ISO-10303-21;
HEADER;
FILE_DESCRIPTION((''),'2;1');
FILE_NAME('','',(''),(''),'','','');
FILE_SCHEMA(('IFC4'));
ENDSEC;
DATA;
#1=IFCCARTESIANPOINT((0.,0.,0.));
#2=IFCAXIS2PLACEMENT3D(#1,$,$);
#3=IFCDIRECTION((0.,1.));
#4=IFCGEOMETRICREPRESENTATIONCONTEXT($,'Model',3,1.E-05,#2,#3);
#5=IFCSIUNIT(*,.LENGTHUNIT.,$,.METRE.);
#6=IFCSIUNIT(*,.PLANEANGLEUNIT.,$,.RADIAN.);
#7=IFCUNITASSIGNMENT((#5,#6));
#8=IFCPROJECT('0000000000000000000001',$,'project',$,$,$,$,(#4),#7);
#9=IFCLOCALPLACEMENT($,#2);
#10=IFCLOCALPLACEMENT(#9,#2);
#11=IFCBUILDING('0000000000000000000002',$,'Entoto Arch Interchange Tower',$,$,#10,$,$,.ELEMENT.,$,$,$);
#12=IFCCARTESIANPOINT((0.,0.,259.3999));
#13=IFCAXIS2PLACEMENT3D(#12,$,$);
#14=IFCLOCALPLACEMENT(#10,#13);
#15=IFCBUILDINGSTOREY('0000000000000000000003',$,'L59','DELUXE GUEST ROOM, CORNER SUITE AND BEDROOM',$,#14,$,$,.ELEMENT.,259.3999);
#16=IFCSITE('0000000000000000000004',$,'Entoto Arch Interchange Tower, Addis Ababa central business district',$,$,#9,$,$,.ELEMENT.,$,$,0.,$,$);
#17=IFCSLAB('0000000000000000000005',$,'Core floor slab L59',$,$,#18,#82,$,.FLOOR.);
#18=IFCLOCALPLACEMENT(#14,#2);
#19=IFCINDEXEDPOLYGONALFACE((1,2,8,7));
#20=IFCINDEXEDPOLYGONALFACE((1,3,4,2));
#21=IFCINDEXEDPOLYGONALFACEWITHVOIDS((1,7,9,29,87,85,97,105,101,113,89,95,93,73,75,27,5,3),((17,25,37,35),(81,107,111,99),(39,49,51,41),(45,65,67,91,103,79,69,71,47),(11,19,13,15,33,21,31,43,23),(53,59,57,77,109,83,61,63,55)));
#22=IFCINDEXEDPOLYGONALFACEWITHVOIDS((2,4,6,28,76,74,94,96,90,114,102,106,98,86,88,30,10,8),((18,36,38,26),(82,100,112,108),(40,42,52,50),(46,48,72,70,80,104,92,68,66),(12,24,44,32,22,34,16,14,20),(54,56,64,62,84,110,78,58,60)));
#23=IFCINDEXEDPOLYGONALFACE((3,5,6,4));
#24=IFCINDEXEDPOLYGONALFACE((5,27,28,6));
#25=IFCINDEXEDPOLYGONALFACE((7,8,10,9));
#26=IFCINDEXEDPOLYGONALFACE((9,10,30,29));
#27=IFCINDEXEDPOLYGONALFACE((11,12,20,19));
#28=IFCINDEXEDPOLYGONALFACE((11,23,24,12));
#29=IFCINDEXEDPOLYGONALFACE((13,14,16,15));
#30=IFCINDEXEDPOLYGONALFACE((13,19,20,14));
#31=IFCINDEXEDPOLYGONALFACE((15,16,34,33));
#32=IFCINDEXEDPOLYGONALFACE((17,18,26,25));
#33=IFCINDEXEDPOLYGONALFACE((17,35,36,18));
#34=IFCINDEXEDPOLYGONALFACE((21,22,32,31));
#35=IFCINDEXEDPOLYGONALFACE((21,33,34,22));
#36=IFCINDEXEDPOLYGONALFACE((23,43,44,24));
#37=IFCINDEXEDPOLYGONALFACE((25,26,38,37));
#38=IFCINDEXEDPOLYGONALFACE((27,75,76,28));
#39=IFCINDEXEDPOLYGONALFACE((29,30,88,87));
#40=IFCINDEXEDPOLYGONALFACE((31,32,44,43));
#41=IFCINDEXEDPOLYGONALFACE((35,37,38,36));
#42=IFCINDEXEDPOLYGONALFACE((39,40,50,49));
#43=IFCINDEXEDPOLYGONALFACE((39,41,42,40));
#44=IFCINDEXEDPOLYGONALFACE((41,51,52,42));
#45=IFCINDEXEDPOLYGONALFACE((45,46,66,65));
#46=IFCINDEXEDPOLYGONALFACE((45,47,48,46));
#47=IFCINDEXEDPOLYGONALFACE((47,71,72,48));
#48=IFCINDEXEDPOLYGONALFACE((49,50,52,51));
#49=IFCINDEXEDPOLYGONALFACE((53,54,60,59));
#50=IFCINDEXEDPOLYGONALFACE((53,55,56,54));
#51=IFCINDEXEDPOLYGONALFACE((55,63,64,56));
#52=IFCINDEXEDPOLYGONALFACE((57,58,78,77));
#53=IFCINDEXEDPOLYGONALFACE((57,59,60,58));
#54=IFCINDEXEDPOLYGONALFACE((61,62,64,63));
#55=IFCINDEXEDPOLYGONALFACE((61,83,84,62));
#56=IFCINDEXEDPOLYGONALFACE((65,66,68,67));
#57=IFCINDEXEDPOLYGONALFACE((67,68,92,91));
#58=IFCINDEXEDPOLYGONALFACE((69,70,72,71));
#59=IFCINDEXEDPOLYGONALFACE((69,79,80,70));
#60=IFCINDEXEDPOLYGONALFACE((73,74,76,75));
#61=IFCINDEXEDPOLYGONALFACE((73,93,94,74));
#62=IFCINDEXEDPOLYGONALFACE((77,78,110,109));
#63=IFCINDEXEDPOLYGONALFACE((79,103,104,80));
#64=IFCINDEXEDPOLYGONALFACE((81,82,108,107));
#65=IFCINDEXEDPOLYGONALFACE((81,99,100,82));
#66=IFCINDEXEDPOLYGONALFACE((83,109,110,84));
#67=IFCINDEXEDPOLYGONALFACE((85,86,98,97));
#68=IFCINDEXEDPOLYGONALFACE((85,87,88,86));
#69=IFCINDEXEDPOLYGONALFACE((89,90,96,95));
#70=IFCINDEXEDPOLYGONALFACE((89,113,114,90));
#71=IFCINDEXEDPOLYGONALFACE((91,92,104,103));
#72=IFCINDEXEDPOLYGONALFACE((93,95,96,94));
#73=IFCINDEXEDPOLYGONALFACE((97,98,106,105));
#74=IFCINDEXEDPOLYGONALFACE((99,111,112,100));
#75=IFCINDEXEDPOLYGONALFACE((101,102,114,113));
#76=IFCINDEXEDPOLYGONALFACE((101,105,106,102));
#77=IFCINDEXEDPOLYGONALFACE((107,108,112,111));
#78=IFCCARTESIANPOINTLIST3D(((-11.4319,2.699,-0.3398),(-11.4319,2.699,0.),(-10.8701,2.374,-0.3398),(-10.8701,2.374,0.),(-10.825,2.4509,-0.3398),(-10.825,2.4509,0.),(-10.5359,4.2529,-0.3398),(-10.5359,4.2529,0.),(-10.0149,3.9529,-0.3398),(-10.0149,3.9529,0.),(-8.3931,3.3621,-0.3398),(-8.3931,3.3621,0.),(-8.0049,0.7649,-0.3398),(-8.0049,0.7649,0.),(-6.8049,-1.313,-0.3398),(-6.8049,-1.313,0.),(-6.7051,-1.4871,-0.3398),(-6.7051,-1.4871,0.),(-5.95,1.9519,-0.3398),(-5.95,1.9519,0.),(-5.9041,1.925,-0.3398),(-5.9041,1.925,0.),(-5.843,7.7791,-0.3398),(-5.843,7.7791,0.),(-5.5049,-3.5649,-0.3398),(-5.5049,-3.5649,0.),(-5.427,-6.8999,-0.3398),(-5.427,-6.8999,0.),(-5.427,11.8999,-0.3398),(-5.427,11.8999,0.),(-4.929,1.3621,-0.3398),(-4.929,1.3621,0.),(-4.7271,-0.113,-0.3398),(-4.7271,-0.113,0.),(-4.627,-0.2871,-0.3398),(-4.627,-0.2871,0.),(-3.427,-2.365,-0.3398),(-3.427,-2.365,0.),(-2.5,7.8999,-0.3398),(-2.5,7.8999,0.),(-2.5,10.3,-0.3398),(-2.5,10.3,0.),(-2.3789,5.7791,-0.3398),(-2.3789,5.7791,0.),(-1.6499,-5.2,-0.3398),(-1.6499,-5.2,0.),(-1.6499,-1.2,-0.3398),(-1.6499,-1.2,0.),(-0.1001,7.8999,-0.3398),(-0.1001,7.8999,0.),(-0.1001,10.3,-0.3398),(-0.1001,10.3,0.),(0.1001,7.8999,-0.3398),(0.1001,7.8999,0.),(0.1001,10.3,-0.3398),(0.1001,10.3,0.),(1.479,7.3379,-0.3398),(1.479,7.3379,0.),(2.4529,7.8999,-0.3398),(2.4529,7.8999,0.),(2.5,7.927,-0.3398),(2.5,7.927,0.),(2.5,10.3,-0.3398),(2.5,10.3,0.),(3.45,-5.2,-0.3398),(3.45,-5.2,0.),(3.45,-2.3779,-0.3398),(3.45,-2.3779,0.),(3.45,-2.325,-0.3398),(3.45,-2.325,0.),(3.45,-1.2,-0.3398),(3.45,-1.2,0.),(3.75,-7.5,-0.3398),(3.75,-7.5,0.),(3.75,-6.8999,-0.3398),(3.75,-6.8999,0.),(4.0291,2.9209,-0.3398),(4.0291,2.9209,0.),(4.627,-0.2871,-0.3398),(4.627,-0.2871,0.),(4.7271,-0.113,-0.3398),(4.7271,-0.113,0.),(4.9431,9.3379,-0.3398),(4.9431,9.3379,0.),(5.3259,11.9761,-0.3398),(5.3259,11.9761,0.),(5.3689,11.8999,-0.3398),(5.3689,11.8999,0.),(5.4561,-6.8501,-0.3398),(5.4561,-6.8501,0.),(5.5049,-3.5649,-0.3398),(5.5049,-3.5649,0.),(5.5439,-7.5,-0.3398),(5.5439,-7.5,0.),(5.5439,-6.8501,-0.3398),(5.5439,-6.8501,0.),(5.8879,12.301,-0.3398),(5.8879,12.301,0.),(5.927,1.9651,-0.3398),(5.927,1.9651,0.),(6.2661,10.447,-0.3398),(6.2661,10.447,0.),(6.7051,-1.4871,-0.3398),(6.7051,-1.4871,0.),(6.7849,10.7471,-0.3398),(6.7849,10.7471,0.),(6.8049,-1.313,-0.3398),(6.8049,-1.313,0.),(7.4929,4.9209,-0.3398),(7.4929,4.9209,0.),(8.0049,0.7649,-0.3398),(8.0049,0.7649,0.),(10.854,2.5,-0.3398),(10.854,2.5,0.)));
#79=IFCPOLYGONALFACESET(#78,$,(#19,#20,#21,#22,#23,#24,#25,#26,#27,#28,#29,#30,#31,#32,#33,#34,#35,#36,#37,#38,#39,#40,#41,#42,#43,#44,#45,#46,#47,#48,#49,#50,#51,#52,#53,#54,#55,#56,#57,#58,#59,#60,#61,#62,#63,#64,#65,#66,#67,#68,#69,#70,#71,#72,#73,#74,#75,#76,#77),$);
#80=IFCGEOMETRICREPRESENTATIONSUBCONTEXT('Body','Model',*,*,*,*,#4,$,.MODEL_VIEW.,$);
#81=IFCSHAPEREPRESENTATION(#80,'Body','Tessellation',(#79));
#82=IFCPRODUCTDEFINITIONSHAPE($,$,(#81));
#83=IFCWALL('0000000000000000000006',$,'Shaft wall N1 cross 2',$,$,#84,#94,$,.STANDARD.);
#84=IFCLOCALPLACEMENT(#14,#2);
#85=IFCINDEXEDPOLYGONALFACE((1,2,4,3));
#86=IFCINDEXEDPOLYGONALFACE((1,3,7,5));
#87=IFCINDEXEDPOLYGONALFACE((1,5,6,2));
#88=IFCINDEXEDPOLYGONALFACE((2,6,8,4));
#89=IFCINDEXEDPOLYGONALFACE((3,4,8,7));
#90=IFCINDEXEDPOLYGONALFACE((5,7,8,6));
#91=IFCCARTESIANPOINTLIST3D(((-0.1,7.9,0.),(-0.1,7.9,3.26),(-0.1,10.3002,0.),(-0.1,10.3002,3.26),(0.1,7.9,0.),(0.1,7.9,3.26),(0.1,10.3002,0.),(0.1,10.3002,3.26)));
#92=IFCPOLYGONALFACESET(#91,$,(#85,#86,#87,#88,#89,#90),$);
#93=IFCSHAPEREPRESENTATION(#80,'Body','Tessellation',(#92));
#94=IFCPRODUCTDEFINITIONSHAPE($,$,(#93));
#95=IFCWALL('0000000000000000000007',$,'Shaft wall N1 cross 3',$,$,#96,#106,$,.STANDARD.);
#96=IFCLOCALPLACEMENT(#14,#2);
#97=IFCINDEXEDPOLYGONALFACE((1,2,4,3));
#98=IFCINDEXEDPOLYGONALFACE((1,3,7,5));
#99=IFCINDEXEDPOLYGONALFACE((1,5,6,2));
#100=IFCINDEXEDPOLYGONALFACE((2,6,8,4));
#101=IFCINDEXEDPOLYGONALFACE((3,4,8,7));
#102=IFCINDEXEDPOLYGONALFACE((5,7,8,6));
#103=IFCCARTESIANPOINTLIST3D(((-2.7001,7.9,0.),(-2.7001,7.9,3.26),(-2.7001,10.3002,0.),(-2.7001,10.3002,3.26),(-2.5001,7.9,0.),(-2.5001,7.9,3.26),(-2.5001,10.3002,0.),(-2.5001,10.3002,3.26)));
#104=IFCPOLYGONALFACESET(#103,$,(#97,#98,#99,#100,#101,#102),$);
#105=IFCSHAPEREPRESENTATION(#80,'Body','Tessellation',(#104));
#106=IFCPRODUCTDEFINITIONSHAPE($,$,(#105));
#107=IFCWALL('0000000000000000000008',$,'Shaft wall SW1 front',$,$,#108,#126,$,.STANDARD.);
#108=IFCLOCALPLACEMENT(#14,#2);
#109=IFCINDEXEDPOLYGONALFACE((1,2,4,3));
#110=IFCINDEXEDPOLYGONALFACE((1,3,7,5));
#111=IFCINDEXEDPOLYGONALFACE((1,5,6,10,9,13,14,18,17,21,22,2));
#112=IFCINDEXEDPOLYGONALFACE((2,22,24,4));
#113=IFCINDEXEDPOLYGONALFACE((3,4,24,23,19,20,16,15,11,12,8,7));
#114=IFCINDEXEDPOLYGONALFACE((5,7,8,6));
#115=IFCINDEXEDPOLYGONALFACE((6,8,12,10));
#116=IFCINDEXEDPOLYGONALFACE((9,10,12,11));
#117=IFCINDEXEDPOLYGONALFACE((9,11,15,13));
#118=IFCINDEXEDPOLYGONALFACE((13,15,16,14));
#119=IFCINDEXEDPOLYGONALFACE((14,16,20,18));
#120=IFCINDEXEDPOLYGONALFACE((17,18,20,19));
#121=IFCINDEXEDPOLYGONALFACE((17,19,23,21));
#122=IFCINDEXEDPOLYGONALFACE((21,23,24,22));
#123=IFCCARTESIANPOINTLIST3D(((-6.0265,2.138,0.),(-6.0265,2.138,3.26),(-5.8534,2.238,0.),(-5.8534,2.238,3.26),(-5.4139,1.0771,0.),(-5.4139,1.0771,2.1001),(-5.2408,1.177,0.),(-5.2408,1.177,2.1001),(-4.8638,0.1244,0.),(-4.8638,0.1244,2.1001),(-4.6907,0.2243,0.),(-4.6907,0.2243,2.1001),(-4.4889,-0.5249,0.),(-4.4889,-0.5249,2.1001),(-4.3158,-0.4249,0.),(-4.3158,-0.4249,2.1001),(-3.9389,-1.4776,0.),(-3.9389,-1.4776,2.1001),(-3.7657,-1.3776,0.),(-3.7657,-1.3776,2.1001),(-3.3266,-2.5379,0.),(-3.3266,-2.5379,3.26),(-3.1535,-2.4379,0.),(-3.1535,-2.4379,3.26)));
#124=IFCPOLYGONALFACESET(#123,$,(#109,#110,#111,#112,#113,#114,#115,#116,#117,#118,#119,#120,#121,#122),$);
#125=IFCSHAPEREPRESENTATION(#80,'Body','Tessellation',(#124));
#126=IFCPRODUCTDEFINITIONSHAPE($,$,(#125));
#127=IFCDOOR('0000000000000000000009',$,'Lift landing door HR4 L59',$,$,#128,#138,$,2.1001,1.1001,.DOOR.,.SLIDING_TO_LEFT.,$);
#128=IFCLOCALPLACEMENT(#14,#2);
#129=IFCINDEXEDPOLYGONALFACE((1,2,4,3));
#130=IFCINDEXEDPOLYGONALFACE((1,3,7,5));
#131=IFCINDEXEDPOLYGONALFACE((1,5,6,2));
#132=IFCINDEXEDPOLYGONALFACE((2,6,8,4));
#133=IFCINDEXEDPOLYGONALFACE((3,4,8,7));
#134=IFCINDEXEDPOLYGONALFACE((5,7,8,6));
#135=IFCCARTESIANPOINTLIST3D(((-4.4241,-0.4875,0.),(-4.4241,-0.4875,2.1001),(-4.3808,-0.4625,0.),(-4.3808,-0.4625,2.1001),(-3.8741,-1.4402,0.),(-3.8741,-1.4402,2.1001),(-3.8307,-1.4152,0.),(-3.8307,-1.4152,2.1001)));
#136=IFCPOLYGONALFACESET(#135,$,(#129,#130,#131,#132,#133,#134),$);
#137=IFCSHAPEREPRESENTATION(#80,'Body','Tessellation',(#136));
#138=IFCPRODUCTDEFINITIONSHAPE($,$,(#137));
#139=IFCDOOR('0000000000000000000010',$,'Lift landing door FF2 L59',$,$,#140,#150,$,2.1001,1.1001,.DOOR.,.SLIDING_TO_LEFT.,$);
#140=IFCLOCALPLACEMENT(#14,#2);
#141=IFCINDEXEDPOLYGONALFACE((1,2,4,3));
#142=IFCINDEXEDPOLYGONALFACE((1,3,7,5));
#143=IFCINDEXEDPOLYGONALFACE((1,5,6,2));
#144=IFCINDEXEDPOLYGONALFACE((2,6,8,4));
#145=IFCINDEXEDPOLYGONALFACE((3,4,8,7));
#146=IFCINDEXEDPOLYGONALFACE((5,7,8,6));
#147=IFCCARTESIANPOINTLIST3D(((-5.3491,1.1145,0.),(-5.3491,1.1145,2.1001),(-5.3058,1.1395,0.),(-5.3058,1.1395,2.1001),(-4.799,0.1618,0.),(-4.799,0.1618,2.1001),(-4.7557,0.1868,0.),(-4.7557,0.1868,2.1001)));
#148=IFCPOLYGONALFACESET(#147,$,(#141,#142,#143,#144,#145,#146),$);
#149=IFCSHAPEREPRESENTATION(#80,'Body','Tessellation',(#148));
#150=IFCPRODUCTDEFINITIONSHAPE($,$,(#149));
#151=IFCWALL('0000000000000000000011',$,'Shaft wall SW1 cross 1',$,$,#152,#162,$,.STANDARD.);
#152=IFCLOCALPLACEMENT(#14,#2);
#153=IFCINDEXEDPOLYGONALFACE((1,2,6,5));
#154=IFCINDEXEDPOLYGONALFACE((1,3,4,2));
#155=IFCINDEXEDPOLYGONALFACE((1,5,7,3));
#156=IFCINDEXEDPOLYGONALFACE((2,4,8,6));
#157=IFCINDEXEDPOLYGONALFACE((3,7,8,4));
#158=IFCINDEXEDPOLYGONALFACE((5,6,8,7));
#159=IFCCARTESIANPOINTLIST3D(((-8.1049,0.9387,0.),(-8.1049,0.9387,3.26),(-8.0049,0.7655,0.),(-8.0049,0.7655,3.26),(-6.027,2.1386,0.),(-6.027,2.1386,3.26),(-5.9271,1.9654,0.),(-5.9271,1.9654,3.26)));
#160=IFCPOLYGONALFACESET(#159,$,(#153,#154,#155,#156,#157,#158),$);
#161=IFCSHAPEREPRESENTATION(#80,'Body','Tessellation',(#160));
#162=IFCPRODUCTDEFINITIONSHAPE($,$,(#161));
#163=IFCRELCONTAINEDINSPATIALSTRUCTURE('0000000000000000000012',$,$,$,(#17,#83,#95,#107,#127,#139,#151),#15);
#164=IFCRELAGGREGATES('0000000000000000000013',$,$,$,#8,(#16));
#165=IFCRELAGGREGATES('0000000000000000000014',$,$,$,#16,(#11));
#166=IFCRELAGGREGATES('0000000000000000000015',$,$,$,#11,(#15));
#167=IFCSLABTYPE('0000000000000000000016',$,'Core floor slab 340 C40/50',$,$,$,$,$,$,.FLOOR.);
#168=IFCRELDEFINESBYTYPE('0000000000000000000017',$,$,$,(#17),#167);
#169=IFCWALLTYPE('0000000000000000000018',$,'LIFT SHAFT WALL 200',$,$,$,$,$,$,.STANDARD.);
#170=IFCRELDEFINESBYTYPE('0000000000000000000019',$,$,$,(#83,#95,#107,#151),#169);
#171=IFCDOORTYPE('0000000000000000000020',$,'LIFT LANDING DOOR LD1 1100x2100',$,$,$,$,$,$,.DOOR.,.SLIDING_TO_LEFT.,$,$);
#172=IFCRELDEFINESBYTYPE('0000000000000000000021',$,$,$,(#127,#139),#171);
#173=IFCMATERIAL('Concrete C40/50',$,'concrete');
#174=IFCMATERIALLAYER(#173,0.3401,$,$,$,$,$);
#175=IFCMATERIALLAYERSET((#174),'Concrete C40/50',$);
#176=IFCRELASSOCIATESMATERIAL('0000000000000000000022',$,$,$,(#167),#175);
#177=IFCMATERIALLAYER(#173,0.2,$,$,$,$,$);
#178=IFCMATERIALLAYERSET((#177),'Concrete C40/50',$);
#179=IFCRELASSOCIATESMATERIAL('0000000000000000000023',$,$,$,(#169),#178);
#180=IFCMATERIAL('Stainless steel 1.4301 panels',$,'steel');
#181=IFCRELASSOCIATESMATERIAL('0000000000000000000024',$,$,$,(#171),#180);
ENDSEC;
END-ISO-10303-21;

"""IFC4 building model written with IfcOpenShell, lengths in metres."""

from ifc_helpers import new_model, si_unit, direction, frame, frame_2d, origin, place, context, subcontext, project, spatial, polyline, rectangle, outline, extrude, material, layer, layer_set, type_object, element, fill, save


model = new_model("IFC4")

# Units and contexts
model_context = context("Model", 3, precision=1e-05, world=origin(), true_north=direction((0.0, 1.0)))
body_context = subcontext(model_context, "Body", "Model", "MODEL_VIEW")
ifc_project = project(units=[si_unit("LENGTHUNIT", "METRE"), si_unit("PLANEANGLEUNIT", "RADIAN")], contexts=[model_context])

# Site, building, storey
site_placement = place(None, origin())
site = spatial("IfcSite", under=ifc_project, at=site_placement, Name="Entoto Arch Interchange Tower, Addis Ababa central business district", CompositionType="ELEMENT", RefElevation=0.0)
building_placement = place(site_placement, origin())
building = spatial("IfcBuilding", under=site, at=building_placement, Name="Entoto Arch Interchange Tower", CompositionType="ELEMENT")
storey_placement = place(building_placement, frame((0.0, 0.0, 259.3999)))
storey = spatial("IfcBuildingStorey", under=building, at=storey_placement, Name="L59", Description="DELUXE GUEST ROOM, CORNER SUITE AND BEDROOM", CompositionType="ELEMENT", Elevation=259.3999)

# Slab
ifc_material_1 = material(Name="Concrete C40/50", Category="concrete")
ifc_layer_1 = layer(ifc_material_1, 0.3401)
ifc_layer_set_1 = layer_set([ifc_layer_1], Name="Concrete C40/50")
slab_type = type_object("IfcSlabType", Name="Core floor slab 340 C40/50", PredefinedType="FLOOR", material=ifc_layer_set_1)
slab_placement = place(storey_placement, frame((0.0, 0.0, -0.3398)))
element("IfcSlab", 1, at=slab_placement, inside=storey, type_object=slab_type, Name="Core floor slab L59", PredefinedType="FLOOR", context=body_context, shape_type="SweptSolid", body=[
    extrude(outline(polyline([(-10.825, 2.4509), (-10.8701, 2.374), (-11.4319, 2.699), (-10.5359, 4.2529), (-10.0149, 3.9529), (-5.427, 11.8999), (5.3689, 11.8999), (5.3259, 11.9761), (5.8879, 12.301), (6.7849, 10.7471), (6.2661, 10.447), (10.854, 2.5), (5.4561, -6.8501), (5.5439, -6.8501), (5.5439, -7.5), (3.75, -7.5), (3.75, -6.8999), (-5.427, -6.8999), (-10.825, 2.4509)]), holes=[polyline([(-1.6499, -5.2), (3.45, -5.2), (3.45, -2.3779), (5.5049, -3.5649), (6.7051, -1.4871), (4.627, -0.2871), (3.45, -2.325), (3.45, -1.2), (-1.6499, -1.2), (-1.6499, -5.2)]), polyline([(-4.627, -0.2871), (-6.7051, -1.4871), (-5.5049, -3.5649), (-3.427, -2.365), (-4.627, -0.2871)]), polyline([(-5.9041, 1.925), (-4.929, 1.3621), (-2.3789, 5.7791), (-5.843, 7.7791), (-8.3931, 3.3621), (-5.95, 1.9519), (-8.0049, 0.7649), (-6.8049, -1.313), (-4.7271, -0.113), (-5.9041, 1.925)]), polyline([(4.7271, -0.113), (6.8049, -1.313), (8.0049, 0.7649), (5.927, 1.9651), (4.7271, -0.113)]), polyline([(2.5, 7.927), (2.5, 10.3), (0.1001, 10.3), (0.1001, 7.8999), (2.4529, 7.8999), (1.479, 7.3379), (4.0291, 2.9209), (7.4929, 4.9209), (4.9431, 9.3379), (2.5, 7.927)]), polyline([(-2.5, 7.8999), (-0.1001, 7.8999), (-0.1001, 10.3), (-2.5, 10.3), (-2.5, 7.8999)])]), origin(), (0.0, 0.0, 1.0), 0.3398),
])

# Walls
ifc_layer_2 = layer(ifc_material_1, 0.2)
ifc_layer_set_2 = layer_set([ifc_layer_2], Name="Concrete C40/50")
wall_type_1 = type_object("IfcWallType", Name="LIFT SHAFT WALL 200", PredefinedType="STANDARD", material=ifc_layer_set_2)
for number, where, z_axis, x_axis, name in (
    (2, (0.0, 7.8999, 0.0), (0.0, 0.0, 1.0), (0.0, 1.0, 0.0), "Shaft wall N1 cross 2"),
    (3, (-2.6001, 7.8999, 0.0), (0.0, 0.0, 1.0), (0.0, 1.0, 0.0), "Shaft wall N1 cross 3"),
):
    element("IfcWall", number, at=place(storey_placement, frame(where, z_axis=z_axis, x_axis=x_axis)), inside=storey, type_object=wall_type_1, Name=name, PredefinedType="STANDARD", context=body_context, shape_type="SweptSolid", body=[
        extrude(rectangle(XDim=2.4001, YDim=0.2, at=frame_2d((1.2002, 0.0))), origin(), (0.0, 0.0, 1.0), 3.26),
    ])

# Wall, openings, doors
wall_1_placement = place(storey_placement, frame((-5.9399, 2.188, 0.0), z_axis=(0.0, 0.0, 1.0), x_axis=(0.500034, -0.866006, 0.0)))
wall_1 = element("IfcWall", 4, at=wall_1_placement, inside=storey, type_object=wall_type_1, Name="Shaft wall SW1 front", PredefinedType="STANDARD", context=body_context, shape_type="SweptSolid", body=[
    extrude(rectangle(XDim=5.3994, YDim=0.2, at=frame_2d((2.6997, 0.0))), origin(), (0.0, 0.0, 1.0), 3.26),
])
opening_1_placement = place(wall_1_placement, frame((3.075, 0.0, 0.0)))
opening_1 = element("IfcOpeningElement", 5, at=opening_1_placement, cuts=wall_1, PredefinedType="OPENING", context=body_context, shape_type="SweptSolid", body=[
    extrude(rectangle(XDim=1.1001, YDim=2.1001, at=frame_2d((0.55, 1.05))), frame((0.0, 0.1099, 0.0), z_axis=(0.0, -1.0, 0.0), x_axis=(1.0, 0.0, 0.0)), (0.0, 0.0, 1.0), 0.22),
])
opening_2_placement = place(wall_1_placement, frame((1.2251, 0.0, 0.0)))
opening_2 = element("IfcOpeningElement", 6, at=opening_2_placement, cuts=wall_1, PredefinedType="OPENING", context=body_context, shape_type="SweptSolid", body=[
    extrude(rectangle(XDim=1.1001, YDim=2.1001, at=frame_2d((0.55, 1.05))), frame((0.0, 0.1099, 0.0), z_axis=(0.0, -1.0, 0.0), x_axis=(1.0, 0.0, 0.0)), (0.0, 0.0, 1.0), 0.22),
])
ifc_material_2 = material(Name="Stainless steel 1.4301 panels", Category="steel")
door_type_1 = type_object("IfcDoorType", Name="LIFT LANDING DOOR LD1 1100x2100", OperationType="SLIDING_TO_LEFT", PredefinedType="DOOR", material=ifc_material_2)
door_1_placement = place(opening_1_placement, origin())
door_1 = element("IfcDoor", 7, at=door_1_placement, inside=storey, type_object=door_type_1, Name="Lift landing door HR4 L59", OperationType="SLIDING_TO_LEFT", OverallHeight=2.1001, OverallWidth=1.1001, PredefinedType="DOOR", context=body_context, shape_type="SweptSolid", body=[
    extrude(rectangle(XDim=1.1001, YDim=2.1001, at=frame_2d((0.55, 1.05))), frame((0.0, 0.0249, 0.0), z_axis=(0.0, -1.0, 0.0), x_axis=(1.0, 0.0, 0.0)), (0.0, 0.0, 1.0), 0.05),
])
fill(opening_1, door_1)
door_2_placement = place(opening_2_placement, origin())
door_2 = element("IfcDoor", 8, at=door_2_placement, inside=storey, type_object=door_type_1, Name="Lift landing door FF2 L59", OperationType="SLIDING_TO_LEFT", OverallHeight=2.1001, OverallWidth=1.1001, PredefinedType="DOOR", context=body_context, shape_type="SweptSolid", body=[
    extrude(rectangle(XDim=1.1001, YDim=2.1001, at=frame_2d((0.55, 1.05))), frame((0.0, 0.0249, 0.0), z_axis=(0.0, -1.0, 0.0), x_axis=(1.0, 0.0, 0.0)), (0.0, 0.0, 1.0), 0.05),
])
fill(opening_2, door_2)

# Wall
wall_2_placement = place(storey_placement, frame((-5.9771, 2.052, 0.0), z_axis=(0.0, 0.0, 1.0), x_axis=(-0.865974, -0.500089, 0.0)))
element("IfcWall", 9, at=wall_2_placement, inside=storey, type_object=wall_type_1, Name="Shaft wall SW1 cross 1", PredefinedType="STANDARD", context=body_context, shape_type="SweptSolid", body=[
    extrude(rectangle(XDim=2.3994, YDim=0.2, at=frame_2d((1.1997, 0.0))), origin(), (0.0, 0.0, 1.0), 3.26),
])

save(model, "model.ifc")
